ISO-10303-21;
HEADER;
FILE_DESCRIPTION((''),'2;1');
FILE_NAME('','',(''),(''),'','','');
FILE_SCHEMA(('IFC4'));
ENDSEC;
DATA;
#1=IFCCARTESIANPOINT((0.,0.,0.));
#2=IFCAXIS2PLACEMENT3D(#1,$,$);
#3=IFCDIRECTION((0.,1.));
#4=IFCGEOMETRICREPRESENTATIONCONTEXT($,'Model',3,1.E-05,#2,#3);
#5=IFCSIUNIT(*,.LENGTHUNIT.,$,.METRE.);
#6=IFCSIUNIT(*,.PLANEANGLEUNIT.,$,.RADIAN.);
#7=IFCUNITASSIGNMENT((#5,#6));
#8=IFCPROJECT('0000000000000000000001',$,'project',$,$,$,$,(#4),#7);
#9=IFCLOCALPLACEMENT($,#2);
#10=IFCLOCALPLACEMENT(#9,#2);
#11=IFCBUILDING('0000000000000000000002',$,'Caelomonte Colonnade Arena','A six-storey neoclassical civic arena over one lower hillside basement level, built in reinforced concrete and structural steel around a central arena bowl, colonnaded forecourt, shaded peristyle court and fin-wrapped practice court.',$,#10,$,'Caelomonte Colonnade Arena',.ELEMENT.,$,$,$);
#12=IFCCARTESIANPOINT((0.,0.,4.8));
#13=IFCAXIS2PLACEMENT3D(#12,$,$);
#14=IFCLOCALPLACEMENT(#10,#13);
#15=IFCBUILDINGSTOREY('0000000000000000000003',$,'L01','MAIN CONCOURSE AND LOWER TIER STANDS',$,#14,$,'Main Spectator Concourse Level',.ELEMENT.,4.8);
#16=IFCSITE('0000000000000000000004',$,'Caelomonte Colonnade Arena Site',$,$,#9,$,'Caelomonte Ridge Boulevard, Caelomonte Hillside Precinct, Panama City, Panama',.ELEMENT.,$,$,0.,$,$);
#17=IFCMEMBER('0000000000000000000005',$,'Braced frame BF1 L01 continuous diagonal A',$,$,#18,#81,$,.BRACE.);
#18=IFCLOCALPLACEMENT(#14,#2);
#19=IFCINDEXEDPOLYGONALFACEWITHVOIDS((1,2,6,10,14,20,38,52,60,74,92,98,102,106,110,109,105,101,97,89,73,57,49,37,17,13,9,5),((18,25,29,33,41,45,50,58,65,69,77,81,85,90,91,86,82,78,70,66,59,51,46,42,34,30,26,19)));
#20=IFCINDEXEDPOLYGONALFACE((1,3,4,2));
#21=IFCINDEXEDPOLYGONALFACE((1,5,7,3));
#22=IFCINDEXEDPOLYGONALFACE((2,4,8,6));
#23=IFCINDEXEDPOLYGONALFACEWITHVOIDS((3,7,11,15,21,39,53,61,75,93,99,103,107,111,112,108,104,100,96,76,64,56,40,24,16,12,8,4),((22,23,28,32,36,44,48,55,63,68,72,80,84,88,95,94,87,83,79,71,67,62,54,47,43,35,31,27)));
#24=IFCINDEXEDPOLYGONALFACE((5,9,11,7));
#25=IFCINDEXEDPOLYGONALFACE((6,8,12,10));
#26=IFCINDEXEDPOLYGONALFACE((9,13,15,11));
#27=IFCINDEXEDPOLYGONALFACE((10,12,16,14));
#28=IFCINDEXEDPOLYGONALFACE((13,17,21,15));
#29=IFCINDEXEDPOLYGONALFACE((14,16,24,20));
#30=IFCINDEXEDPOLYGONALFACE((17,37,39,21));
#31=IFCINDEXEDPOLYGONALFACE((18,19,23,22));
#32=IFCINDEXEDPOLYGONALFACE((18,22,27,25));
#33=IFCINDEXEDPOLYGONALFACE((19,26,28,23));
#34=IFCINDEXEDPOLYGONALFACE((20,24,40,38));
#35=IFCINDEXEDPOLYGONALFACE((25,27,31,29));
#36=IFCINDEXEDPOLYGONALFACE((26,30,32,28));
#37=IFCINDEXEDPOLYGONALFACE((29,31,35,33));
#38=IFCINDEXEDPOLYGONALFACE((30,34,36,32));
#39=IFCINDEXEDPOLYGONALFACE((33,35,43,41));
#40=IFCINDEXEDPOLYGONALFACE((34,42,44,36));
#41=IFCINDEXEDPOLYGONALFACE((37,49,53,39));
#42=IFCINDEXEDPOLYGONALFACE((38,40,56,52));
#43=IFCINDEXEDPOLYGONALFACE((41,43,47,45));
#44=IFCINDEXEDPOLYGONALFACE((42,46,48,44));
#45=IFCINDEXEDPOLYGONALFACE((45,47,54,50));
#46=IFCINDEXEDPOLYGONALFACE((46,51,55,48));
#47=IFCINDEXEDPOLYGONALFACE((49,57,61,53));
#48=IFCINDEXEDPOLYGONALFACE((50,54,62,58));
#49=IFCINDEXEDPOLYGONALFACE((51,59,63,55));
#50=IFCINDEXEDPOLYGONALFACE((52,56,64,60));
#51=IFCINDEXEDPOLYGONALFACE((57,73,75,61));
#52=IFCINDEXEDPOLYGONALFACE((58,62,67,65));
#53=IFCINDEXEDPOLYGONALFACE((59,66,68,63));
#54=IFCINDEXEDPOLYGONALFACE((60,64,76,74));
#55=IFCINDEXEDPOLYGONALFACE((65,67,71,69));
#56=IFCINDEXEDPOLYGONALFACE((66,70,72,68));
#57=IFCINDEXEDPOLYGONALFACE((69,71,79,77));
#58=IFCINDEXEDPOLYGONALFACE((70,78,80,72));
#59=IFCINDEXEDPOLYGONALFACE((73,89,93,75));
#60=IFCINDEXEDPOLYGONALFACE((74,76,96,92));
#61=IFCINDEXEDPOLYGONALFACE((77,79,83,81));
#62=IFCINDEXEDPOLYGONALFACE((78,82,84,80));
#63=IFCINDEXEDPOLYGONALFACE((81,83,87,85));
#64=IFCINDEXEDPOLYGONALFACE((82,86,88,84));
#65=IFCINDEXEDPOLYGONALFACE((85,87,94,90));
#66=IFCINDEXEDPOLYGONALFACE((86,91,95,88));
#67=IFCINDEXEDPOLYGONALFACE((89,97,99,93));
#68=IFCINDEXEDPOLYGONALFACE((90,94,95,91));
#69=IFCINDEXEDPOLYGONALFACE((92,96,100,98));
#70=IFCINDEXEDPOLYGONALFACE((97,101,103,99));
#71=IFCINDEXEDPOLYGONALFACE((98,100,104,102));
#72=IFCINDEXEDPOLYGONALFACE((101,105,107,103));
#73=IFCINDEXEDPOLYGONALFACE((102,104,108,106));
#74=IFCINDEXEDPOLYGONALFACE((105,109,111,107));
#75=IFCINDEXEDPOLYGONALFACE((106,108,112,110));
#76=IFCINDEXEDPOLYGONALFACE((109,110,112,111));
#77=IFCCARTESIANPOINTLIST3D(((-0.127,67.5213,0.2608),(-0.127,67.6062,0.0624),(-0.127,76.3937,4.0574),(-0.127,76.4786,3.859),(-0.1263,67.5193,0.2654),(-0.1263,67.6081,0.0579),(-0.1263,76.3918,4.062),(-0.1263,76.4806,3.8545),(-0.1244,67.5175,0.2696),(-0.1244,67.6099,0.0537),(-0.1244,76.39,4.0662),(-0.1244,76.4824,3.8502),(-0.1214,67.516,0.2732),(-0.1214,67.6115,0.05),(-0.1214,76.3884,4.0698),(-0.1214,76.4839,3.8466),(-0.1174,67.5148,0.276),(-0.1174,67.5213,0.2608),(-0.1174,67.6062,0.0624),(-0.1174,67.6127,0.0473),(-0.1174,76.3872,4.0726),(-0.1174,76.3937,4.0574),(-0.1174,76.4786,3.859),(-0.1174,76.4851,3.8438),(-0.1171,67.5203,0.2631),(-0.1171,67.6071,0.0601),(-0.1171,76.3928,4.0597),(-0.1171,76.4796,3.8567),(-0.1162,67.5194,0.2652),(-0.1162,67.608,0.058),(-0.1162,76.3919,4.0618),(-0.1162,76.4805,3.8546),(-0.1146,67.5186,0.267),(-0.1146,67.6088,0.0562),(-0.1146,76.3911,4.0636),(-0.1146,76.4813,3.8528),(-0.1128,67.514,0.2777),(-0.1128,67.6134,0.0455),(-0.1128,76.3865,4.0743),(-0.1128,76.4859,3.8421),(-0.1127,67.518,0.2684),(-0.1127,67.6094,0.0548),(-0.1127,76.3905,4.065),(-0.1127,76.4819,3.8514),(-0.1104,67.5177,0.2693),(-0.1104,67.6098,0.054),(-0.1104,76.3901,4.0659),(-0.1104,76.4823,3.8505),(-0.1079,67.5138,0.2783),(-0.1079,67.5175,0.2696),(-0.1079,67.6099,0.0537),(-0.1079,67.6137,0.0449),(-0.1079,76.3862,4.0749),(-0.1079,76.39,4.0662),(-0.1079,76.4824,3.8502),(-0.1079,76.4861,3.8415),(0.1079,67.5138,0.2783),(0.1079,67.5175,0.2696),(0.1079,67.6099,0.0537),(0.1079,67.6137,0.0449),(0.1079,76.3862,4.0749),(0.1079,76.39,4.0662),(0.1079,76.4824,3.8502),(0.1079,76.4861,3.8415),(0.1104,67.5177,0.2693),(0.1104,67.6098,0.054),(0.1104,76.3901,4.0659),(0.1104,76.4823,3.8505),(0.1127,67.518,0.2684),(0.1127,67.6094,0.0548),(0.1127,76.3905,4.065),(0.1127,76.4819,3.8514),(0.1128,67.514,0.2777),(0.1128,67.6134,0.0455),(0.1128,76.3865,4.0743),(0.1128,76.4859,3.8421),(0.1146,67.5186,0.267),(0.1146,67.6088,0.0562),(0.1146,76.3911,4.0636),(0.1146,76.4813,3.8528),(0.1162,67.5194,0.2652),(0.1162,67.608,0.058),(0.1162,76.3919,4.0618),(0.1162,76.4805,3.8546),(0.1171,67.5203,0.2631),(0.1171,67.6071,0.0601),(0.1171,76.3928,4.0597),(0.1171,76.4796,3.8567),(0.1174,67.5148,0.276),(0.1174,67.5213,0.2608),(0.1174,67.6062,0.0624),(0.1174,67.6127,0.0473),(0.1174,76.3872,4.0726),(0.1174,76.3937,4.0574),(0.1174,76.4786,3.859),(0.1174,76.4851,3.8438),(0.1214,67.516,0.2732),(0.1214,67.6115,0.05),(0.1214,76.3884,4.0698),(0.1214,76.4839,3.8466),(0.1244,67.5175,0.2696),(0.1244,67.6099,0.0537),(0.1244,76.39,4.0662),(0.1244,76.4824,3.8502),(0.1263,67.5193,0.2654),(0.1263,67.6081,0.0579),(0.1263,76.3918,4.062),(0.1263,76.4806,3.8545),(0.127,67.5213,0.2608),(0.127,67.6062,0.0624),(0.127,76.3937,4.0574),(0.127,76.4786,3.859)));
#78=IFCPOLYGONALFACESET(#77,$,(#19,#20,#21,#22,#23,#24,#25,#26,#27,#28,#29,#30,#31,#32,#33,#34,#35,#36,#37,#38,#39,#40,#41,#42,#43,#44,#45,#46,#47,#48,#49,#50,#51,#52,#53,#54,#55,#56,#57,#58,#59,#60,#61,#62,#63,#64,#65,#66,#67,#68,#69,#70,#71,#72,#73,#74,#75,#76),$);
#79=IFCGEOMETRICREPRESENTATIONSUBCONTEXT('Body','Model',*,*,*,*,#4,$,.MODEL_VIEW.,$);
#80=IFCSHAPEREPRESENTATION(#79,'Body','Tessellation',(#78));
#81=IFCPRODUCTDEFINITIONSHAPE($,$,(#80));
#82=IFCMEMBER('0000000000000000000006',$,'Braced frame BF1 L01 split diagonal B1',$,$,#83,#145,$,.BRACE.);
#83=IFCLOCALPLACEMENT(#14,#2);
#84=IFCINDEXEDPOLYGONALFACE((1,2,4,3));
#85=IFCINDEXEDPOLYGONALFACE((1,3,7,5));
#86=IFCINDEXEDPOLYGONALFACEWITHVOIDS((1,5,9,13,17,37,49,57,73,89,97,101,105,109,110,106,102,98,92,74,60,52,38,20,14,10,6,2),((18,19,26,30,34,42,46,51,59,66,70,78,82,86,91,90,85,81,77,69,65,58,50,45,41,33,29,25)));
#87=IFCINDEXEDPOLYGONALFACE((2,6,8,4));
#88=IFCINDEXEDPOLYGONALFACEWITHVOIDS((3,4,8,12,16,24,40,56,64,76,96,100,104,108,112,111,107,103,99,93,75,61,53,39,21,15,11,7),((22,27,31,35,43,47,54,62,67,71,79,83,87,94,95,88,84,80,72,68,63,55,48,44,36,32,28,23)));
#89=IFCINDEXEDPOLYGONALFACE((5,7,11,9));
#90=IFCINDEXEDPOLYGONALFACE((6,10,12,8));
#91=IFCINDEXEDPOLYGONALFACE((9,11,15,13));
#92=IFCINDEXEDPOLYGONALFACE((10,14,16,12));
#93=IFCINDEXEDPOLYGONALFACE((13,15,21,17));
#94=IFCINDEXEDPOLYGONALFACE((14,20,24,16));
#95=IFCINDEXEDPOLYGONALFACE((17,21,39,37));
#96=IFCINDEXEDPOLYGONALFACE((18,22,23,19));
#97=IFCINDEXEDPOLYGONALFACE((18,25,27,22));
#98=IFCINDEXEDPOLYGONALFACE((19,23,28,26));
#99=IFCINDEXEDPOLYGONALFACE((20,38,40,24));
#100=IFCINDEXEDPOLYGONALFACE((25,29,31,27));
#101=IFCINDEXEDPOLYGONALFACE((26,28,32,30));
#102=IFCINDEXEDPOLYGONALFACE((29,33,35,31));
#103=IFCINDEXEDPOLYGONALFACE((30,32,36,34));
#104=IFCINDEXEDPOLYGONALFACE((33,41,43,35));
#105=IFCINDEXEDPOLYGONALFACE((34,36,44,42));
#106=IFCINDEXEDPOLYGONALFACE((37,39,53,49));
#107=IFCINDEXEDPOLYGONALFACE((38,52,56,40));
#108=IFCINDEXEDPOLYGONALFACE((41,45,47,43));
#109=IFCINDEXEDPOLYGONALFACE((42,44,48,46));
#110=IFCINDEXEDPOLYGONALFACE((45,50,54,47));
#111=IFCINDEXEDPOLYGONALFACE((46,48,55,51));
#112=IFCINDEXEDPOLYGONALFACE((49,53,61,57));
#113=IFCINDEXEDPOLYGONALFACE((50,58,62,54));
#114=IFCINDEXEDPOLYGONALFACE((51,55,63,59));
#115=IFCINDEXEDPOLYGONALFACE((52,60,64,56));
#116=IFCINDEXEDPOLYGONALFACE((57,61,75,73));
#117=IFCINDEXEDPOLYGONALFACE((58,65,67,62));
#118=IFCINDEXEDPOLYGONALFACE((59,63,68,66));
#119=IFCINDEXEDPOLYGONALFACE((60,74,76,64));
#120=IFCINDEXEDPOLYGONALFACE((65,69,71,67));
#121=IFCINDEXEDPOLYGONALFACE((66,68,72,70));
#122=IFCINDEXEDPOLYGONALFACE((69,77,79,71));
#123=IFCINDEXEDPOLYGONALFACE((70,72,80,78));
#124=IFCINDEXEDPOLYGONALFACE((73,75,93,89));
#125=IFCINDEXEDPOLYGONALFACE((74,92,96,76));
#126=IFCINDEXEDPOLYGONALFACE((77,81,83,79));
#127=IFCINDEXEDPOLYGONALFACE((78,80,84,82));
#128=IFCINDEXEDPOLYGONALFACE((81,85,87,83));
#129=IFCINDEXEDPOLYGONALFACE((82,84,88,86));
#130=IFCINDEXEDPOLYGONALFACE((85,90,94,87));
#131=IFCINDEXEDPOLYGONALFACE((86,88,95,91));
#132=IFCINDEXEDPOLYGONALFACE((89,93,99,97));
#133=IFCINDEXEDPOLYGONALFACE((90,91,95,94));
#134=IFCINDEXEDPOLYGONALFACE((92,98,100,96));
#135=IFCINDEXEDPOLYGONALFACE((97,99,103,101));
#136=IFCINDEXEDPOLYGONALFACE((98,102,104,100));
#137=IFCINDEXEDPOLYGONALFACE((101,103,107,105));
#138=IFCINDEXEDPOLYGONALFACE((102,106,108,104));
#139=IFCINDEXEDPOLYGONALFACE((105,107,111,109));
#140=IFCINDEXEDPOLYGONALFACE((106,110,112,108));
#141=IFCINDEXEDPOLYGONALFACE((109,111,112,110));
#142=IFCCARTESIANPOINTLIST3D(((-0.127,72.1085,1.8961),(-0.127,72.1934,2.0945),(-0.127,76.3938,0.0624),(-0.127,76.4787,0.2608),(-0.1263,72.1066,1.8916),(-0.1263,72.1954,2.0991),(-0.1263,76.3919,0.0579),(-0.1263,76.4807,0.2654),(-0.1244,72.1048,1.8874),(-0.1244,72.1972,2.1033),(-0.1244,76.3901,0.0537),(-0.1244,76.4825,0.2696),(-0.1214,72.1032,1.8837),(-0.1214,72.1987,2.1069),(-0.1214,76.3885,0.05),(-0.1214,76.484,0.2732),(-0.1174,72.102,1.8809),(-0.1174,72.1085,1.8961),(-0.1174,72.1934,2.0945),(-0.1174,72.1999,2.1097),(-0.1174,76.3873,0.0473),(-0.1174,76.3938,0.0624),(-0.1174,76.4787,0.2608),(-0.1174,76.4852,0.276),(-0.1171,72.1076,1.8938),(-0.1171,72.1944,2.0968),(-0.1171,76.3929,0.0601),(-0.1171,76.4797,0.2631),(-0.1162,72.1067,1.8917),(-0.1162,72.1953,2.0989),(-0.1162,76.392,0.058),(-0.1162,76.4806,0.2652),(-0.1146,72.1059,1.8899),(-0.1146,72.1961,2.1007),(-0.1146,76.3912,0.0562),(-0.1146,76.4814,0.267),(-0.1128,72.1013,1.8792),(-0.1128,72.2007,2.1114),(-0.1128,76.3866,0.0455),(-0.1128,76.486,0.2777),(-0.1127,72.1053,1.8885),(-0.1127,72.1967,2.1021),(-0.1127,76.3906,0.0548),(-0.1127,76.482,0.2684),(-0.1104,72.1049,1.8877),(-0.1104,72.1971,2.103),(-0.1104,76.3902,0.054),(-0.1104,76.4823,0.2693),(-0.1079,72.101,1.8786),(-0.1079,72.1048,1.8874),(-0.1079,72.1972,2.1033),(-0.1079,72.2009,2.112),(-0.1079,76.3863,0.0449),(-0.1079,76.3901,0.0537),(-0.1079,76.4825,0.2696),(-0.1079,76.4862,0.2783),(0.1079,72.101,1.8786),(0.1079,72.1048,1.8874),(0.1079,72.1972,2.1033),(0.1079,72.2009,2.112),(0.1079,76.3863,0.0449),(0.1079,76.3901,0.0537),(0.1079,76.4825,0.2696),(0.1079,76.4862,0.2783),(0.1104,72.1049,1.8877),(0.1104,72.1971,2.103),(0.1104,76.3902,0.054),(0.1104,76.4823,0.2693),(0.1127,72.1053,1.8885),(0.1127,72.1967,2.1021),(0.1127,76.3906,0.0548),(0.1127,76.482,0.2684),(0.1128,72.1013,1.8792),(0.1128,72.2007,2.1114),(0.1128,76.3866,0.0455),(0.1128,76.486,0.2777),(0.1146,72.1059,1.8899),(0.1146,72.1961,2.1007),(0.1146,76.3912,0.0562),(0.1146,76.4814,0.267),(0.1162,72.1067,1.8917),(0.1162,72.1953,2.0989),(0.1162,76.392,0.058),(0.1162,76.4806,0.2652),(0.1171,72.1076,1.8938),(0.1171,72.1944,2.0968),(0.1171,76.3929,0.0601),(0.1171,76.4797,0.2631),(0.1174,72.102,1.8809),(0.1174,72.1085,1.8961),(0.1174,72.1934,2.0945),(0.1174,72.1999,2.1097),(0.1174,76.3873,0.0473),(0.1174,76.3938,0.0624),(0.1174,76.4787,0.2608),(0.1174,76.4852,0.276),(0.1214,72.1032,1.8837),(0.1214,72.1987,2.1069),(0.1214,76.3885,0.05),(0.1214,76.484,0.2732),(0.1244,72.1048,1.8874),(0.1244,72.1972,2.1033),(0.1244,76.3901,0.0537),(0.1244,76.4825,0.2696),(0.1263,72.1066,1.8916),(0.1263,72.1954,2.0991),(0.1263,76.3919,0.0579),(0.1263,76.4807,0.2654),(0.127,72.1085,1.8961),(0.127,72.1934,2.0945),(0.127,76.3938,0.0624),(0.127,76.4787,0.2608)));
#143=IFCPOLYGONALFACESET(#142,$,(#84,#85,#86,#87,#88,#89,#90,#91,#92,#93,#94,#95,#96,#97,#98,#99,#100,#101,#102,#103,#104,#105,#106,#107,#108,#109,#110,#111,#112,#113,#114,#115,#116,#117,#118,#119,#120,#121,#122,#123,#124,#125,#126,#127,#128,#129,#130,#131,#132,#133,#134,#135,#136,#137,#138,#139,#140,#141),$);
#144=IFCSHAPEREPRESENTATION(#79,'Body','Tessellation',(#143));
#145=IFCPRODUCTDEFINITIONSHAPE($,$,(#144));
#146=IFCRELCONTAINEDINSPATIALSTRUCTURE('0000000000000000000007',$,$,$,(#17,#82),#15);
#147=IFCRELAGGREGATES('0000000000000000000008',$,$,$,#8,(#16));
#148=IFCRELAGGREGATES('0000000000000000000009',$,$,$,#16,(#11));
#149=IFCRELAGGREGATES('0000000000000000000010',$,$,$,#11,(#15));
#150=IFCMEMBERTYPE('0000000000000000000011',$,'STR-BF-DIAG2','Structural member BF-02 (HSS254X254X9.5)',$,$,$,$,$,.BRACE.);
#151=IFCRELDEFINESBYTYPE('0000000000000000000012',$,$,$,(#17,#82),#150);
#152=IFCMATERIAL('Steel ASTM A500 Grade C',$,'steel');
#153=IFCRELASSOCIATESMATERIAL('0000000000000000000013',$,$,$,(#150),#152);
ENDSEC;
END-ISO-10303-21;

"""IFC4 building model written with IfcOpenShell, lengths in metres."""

from ifc_helpers import new_model, si_unit, direction, frame, origin, origin_2d, place, context, subcontext, project, spatial, hollow_rectangle, extrude, material, material_profile, profile_set, type_object, element, save


model = new_model("IFC4")

# Units and contexts
model_context = context("Model", 3, precision=1e-05, world=origin(), true_north=direction((0.0, 1.0)))
body_context = subcontext(model_context, "Body", "Model", "MODEL_VIEW")
ifc_project = project(units=[si_unit("LENGTHUNIT", "METRE"), si_unit("PLANEANGLEUNIT", "RADIAN")], contexts=[model_context])

# Site, building, storey
site_placement = place(None, origin())
site = spatial("IfcSite", under=ifc_project, at=site_placement, Name="Caelomonte Colonnade Arena Site", LongName="Caelomonte Ridge Boulevard, Caelomonte Hillside Precinct, Panama City, Panama", CompositionType="ELEMENT", RefElevation=0.0)
building_placement = place(site_placement, origin())
building = spatial("IfcBuilding", under=site, at=building_placement, Name="Caelomonte Colonnade Arena", Description="A six-storey neoclassical civic arena over one lower hillside basement level, built in reinforced concrete and structural steel around a central arena bowl, colonnaded forecourt, shaded peristyle court and fin-wrapped practice court.", LongName="Caelomonte Colonnade Arena", CompositionType="ELEMENT")
storey_placement = place(building_placement, frame((0.0, 0.0, 4.8)))
storey = spatial("IfcBuildingStorey", under=building, at=storey_placement, Name="L01", Description="MAIN CONCOURSE AND LOWER TIER STANDS", LongName="Main Spectator Concourse Level", CompositionType="ELEMENT", Elevation=4.8)

# Members
ifc_material_1 = material(Name="Steel ASTM A500 Grade C", Category="steel")
ifc_material_profile_1 = material_profile(ifc_material_1, hollow_rectangle(XDim=0.2539, YDim=0.2539, WallThickness=0.0095, InnerFilletRadius=0.0095, OuterFilletRadius=0.019, at=origin_2d()), Name="HSS254X254X9.5")
ifc_profile_set_1 = profile_set([ifc_material_profile_1], Name="Steel ASTM A500 Grade C")
member_type = type_object("IfcMemberType", Name="STR-BF-DIAG2", Description="Structural member BF-02 (HSS254X254X9.5)", PredefinedType="BRACE", material=ifc_profile_set_1)
member_placement = place(storey_placement, frame((0.0, 67.5637, 0.1616), z_axis=(0.0, 0.919366, 0.393403), x_axis=(-1.0, 0.0, 0.0)))
element("IfcMember", 1, at=member_placement, inside=storey, type_object=member_type, Name="Braced frame BF1 L01 continuous diagonal A", PredefinedType="BRACE", context=body_context, shape_type="SweptSolid", body=[
    extrude(hollow_rectangle(XDim=0.2539, YDim=0.2539, WallThickness=0.0095, InnerFilletRadius=0.0095, OuterFilletRadius=0.019, at=origin_2d()), origin(), (0.0, 0.0, 1.0), 9.6506),
])
for number, where, z_axis, x_axis, name in (
    (2, (0.0, 76.4363, 0.1616), (0.0, -0.919367, 0.393401), (1.0, 0.0, 0.0), "Braced frame BF1 L01 split diagonal B1"),
):
    element("IfcMember", number, at=place(storey_placement, frame(where, z_axis=z_axis, x_axis=x_axis)), inside=storey, type_object=member_type, Name=name, PredefinedType="BRACE", context=body_context, shape_type="SweptSolid", body=[
        extrude(hollow_rectangle(XDim=0.2539, YDim=0.2539, WallThickness=0.0095, InnerFilletRadius=0.0095, OuterFilletRadius=0.019, at=origin_2d()), origin(), (0.0, 0.0, 1.0), 4.6611),
    ])

save(model, "model.ifc")
